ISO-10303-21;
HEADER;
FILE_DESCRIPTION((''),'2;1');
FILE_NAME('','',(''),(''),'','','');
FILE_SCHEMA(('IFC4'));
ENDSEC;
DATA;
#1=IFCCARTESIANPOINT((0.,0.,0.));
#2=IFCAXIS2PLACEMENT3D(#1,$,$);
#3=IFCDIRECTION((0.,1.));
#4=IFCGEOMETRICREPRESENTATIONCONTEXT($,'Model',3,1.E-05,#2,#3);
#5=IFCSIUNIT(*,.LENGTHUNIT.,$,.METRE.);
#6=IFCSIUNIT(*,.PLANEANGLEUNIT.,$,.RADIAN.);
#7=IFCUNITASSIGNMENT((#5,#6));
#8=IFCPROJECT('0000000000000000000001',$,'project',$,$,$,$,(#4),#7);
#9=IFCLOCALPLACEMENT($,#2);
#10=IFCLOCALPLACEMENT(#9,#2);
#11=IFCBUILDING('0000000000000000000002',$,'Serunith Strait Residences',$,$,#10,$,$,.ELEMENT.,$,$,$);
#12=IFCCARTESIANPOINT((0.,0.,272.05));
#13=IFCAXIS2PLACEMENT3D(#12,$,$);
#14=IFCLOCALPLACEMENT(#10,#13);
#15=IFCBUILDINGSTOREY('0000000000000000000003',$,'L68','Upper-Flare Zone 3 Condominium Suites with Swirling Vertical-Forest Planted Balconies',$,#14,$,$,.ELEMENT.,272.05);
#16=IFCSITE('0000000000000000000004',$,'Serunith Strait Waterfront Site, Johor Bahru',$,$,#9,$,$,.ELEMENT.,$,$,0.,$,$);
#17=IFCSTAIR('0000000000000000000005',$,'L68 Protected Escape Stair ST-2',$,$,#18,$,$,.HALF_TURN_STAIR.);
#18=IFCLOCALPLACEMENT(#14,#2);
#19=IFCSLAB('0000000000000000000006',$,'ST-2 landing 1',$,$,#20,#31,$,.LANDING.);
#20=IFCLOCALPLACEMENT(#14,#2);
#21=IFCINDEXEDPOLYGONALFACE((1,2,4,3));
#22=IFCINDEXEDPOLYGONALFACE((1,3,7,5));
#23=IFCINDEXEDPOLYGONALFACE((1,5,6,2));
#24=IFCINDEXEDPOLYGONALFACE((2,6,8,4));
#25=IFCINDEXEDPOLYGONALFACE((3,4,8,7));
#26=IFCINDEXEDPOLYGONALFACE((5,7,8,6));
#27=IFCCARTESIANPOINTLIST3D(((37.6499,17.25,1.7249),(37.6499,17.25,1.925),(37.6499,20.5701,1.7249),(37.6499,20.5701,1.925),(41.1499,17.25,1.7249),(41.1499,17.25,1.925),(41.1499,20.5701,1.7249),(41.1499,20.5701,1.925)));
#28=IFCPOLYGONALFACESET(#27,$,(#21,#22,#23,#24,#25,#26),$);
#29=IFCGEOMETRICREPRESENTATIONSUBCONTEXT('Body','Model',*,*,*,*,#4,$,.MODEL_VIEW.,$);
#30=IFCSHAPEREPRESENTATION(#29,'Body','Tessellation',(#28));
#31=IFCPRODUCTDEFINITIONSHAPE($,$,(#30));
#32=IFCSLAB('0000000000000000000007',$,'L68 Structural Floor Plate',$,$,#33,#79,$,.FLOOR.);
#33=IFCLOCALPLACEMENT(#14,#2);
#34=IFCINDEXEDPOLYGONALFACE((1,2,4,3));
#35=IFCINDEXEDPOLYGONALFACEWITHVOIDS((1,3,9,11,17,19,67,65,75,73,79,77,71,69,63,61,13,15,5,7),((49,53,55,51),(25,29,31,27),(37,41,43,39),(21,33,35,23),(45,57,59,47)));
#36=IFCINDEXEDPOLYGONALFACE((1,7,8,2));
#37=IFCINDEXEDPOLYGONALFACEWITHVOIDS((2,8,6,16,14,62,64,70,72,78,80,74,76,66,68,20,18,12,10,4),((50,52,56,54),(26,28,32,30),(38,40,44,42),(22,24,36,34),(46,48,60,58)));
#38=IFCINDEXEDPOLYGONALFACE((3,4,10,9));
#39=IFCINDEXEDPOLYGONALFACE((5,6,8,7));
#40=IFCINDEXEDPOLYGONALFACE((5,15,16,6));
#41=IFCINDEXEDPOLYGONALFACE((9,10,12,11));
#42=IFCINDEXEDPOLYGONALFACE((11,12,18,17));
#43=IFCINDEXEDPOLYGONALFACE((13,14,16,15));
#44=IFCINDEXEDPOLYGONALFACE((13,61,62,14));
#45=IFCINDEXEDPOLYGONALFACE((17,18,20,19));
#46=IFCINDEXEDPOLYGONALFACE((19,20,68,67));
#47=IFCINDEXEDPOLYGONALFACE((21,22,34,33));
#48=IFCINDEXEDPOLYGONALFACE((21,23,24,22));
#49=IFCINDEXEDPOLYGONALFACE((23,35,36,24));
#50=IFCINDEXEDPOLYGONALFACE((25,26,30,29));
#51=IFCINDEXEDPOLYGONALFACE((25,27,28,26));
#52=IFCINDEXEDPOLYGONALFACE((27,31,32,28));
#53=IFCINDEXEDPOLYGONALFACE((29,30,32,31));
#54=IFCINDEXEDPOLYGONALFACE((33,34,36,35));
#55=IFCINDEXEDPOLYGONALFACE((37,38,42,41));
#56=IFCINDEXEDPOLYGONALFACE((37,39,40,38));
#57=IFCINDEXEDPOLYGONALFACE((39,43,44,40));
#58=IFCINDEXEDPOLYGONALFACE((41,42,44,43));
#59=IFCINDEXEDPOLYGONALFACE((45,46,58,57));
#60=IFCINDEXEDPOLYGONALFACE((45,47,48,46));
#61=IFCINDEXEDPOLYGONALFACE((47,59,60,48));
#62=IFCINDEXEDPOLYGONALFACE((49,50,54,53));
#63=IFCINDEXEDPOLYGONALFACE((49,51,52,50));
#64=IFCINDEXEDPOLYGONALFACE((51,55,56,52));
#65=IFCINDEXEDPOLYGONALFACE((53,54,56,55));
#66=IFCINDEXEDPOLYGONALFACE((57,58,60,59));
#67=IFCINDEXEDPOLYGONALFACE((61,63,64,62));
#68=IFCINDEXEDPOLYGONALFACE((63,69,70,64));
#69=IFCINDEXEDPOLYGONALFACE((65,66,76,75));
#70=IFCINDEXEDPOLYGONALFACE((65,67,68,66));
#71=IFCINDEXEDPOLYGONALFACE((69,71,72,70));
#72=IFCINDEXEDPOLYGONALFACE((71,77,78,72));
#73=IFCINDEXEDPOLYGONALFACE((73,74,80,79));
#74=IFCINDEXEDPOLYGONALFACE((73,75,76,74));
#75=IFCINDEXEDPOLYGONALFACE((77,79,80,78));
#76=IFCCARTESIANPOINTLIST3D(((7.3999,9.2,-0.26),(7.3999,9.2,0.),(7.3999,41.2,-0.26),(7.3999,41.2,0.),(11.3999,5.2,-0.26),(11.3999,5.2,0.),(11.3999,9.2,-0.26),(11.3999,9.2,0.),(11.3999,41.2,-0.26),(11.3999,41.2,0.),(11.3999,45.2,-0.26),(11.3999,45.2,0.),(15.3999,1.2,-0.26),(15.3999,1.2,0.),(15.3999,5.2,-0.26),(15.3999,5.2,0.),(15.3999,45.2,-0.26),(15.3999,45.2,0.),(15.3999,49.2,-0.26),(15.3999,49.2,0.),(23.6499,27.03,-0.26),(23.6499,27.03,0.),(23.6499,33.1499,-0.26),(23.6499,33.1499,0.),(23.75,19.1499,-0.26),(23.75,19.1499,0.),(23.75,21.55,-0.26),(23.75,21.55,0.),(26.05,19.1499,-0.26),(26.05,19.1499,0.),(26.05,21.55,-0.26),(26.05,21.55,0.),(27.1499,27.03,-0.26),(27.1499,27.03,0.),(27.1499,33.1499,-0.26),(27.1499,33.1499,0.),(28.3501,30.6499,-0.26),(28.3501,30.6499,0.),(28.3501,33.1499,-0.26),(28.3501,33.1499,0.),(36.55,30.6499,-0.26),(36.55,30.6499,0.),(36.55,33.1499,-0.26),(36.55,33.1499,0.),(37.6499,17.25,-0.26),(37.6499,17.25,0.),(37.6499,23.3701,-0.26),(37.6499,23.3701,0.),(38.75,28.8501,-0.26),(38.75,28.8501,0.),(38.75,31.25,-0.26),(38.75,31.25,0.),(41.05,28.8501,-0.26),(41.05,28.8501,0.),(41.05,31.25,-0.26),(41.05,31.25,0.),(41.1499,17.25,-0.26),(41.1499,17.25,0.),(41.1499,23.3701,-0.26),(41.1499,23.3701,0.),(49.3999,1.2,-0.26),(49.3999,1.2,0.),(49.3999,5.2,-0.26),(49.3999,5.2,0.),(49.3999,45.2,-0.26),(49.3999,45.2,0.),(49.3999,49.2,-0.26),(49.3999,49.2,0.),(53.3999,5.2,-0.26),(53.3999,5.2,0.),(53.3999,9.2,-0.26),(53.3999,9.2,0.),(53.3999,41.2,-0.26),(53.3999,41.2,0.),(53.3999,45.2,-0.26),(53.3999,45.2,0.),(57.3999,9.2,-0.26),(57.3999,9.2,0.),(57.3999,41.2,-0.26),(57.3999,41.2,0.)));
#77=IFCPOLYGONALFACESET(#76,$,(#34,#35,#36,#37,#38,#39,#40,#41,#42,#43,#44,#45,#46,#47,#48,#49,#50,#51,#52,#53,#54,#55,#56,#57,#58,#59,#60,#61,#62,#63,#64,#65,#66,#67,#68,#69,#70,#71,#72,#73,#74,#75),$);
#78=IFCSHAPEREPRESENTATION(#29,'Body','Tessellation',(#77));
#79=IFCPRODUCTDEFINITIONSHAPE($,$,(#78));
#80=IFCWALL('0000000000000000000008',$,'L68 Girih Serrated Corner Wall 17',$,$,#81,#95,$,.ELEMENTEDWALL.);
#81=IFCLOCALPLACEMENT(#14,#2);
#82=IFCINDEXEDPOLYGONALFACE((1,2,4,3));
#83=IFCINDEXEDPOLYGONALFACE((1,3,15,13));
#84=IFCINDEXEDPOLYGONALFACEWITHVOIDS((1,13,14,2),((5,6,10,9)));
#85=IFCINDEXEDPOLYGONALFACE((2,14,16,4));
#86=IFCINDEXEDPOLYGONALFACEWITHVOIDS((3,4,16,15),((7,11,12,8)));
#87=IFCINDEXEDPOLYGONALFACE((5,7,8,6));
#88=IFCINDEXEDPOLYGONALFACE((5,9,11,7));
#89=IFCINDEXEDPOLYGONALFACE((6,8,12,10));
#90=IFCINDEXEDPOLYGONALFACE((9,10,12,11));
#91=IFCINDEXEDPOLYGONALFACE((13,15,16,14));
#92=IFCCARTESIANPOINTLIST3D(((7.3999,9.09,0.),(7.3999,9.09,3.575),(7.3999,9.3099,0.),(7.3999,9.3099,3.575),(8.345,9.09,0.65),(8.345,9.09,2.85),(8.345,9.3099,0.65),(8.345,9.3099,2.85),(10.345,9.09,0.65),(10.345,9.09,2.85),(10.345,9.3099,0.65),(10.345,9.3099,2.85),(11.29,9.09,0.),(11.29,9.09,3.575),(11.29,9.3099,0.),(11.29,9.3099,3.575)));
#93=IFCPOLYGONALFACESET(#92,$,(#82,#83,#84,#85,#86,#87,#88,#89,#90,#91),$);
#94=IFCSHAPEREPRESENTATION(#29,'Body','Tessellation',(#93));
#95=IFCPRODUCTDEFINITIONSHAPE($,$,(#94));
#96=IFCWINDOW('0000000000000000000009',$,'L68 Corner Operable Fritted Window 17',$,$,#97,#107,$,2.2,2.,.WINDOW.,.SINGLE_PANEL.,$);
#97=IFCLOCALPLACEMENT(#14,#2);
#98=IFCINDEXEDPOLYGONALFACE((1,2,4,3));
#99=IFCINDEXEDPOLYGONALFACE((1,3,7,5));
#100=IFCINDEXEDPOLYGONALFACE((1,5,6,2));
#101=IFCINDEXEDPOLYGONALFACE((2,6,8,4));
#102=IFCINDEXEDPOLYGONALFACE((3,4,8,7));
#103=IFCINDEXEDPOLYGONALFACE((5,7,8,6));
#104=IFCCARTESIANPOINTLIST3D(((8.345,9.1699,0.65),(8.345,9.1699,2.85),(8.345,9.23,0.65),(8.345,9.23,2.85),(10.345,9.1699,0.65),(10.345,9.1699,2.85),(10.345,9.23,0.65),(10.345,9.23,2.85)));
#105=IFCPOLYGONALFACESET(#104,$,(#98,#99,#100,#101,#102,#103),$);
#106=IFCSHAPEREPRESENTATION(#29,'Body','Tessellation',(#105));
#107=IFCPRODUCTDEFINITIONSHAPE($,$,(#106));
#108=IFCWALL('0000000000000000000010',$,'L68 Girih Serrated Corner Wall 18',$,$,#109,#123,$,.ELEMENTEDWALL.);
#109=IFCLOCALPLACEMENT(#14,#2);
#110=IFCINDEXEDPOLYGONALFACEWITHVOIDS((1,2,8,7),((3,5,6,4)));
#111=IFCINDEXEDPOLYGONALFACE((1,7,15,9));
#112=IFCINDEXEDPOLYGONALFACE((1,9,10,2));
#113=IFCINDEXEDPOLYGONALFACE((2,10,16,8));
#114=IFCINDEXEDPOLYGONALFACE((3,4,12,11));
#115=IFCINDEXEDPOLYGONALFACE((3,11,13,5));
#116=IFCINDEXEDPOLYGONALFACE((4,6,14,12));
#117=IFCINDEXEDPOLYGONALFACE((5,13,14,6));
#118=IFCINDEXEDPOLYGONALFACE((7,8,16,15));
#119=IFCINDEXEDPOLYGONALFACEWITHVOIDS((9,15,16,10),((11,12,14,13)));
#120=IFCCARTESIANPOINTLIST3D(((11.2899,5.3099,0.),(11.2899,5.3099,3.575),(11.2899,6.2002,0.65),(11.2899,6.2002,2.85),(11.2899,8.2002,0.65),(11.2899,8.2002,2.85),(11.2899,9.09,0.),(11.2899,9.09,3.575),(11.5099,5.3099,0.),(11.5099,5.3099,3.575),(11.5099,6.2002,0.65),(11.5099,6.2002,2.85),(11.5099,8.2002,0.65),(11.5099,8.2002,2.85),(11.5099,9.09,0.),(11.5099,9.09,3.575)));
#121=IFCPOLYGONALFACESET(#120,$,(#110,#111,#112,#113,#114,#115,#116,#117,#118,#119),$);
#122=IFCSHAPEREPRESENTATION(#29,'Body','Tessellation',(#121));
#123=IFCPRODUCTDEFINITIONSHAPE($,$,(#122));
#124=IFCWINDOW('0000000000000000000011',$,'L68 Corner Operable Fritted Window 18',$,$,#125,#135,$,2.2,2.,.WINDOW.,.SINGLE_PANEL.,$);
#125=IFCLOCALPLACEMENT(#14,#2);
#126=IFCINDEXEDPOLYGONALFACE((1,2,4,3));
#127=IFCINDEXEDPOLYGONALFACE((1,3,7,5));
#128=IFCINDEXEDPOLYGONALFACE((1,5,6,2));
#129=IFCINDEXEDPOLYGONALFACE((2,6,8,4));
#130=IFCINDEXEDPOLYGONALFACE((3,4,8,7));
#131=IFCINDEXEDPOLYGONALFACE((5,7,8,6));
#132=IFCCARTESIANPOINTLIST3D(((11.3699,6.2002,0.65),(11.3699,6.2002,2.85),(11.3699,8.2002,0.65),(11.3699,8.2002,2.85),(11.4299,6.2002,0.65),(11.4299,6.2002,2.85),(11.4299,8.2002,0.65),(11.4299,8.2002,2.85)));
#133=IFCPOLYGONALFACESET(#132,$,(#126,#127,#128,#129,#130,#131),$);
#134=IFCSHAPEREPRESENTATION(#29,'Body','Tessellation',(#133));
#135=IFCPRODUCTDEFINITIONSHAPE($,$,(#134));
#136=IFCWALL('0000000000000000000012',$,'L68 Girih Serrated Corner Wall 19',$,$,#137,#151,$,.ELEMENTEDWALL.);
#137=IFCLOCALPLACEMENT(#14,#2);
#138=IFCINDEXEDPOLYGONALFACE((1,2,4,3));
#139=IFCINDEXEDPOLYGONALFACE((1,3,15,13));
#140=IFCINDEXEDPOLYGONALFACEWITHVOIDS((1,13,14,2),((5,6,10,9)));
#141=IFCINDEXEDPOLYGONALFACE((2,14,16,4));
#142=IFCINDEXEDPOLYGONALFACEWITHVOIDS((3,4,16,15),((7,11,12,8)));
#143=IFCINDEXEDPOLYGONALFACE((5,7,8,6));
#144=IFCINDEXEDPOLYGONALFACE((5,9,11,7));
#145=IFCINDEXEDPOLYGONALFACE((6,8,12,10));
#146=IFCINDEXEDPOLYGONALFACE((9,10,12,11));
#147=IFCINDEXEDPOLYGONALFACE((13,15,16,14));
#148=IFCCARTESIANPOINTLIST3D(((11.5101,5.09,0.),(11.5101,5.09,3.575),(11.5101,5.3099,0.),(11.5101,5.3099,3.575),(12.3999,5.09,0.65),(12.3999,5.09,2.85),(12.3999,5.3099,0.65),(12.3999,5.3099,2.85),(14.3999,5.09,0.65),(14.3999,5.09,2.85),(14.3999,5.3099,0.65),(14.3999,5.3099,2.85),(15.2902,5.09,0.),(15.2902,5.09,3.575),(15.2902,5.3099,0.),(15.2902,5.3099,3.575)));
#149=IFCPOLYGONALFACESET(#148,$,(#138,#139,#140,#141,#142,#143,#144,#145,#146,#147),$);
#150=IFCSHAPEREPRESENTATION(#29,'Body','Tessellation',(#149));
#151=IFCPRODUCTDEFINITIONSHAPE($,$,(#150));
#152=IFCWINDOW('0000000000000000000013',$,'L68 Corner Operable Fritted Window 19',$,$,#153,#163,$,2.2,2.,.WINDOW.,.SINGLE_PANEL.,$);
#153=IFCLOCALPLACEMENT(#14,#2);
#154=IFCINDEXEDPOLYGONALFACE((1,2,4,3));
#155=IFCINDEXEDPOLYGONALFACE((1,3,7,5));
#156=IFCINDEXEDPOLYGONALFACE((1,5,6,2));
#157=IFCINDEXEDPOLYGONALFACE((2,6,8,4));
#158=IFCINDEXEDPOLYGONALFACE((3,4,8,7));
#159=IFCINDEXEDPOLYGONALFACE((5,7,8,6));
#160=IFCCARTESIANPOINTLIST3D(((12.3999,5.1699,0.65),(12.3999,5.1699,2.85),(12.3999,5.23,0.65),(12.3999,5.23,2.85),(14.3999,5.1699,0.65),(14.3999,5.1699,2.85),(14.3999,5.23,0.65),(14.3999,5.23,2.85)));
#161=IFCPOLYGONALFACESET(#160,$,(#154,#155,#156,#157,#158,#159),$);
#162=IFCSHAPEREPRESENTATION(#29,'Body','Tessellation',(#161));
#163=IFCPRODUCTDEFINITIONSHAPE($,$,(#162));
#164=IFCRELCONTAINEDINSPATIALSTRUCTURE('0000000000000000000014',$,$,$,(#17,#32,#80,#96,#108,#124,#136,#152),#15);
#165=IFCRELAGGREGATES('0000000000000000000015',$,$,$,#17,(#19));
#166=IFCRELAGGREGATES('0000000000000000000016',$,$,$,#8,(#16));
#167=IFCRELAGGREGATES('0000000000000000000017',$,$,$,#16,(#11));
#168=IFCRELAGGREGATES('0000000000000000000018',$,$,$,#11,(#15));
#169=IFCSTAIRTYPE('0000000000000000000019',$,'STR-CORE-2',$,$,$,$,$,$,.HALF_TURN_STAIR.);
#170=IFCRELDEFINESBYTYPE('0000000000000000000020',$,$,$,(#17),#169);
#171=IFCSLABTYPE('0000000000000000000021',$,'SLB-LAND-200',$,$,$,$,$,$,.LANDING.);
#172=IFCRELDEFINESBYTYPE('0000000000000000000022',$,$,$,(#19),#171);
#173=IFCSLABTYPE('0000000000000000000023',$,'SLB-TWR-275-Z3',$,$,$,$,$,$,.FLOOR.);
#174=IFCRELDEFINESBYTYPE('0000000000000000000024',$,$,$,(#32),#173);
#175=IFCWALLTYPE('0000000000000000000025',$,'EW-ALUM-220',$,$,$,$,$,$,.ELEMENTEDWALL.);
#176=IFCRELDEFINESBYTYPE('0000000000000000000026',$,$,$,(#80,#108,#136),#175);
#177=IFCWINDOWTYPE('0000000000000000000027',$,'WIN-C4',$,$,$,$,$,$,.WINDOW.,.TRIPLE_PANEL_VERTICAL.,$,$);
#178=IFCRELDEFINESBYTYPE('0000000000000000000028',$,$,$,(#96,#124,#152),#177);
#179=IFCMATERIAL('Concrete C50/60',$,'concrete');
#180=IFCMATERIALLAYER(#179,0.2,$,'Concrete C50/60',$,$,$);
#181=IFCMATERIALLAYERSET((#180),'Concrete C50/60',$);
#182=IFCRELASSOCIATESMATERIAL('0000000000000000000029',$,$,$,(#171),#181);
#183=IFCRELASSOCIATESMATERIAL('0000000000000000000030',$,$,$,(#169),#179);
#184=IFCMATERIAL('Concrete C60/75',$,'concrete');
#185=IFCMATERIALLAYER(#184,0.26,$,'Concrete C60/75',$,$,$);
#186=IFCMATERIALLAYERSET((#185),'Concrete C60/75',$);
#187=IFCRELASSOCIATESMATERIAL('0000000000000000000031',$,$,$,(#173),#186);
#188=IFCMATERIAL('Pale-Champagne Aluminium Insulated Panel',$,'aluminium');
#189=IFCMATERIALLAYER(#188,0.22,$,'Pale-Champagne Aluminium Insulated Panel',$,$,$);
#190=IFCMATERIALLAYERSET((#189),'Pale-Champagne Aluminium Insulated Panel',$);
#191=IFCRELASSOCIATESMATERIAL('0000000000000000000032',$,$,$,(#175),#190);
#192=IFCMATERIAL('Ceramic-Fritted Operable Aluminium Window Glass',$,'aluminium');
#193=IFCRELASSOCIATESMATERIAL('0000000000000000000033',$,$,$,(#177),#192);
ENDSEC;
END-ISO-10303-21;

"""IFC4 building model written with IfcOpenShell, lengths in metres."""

from ifc_helpers import new_model, si_unit, direction, frame, frame_2d, origin, place, context, subcontext, project, spatial, polyline, rectangle, outline, extrude, source, transform, mapped, material, layer, layer_set, type_object, element, fill, aggregate, save


model = new_model("IFC4")

# Units and contexts
model_context = context("Model", 3, precision=1e-05, world=origin(), true_north=direction((0.0, 1.0)))
body_context = subcontext(model_context, "Body", "Model", "MODEL_VIEW")
ifc_project = project(units=[si_unit("LENGTHUNIT", "METRE"), si_unit("PLANEANGLEUNIT", "RADIAN")], contexts=[model_context])

# Site, building, storey
site_placement = place(None, origin())
site = spatial("IfcSite", under=ifc_project, at=site_placement, Name="Serunith Strait Waterfront Site, Johor Bahru", CompositionType="ELEMENT", RefElevation=0.0)
building_placement = place(site_placement, origin())
building = spatial("IfcBuilding", under=site, at=building_placement, Name="Serunith Strait Residences", CompositionType="ELEMENT")
storey_placement = place(building_placement, frame((0.0, 0.0, 272.05)))
storey = spatial("IfcBuildingStorey", under=building, at=storey_placement, Name="L68", Description="Upper-Flare Zone 3 Condominium Suites with Swirling Vertical-Forest Planted Balconies", CompositionType="ELEMENT", Elevation=272.05)

# Shared definitions
ifc_material_1 = material(Name="Concrete C50/60", Category="concrete")

# Stair, slab
ifc_layer_1 = layer(ifc_material_1, 0.2, Name="Concrete C50/60")
ifc_layer_set_1 = layer_set([ifc_layer_1], Name="Concrete C50/60")
slab_type_1 = type_object("IfcSlabType", Name="SLB-LAND-200", PredefinedType="LANDING", material=ifc_layer_set_1)
stair_type_1 = type_object("IfcStairType", Name="STR-CORE-2", PredefinedType="HALF_TURN_STAIR", material=ifc_material_1)
stair_1_placement = place(storey_placement, origin())
stair_1 = element("IfcStair", 1, at=stair_1_placement, inside=storey, type_object=stair_type_1, Name="L68 Protected Escape Stair ST-2", PredefinedType="HALF_TURN_STAIR")
slab_1_placement = place(storey_placement, frame((0.0, 0.0, 1.7249)))
slab_1 = element("IfcSlab", 2, at=slab_1_placement, type_object=slab_type_1, Name="ST-2 landing 1", PredefinedType="LANDING", context=body_context, shape_type="SweptSolid", body=[
    extrude(outline(polyline([(37.6499, 20.5701), (37.6499, 17.25), (41.1499, 17.25), (41.1499, 20.5701), (37.6499, 20.5701)])), origin(), (0.0, 0.0, 1.0), 0.2002),
])
aggregate(stair_1, [slab_1])

# Slab
ifc_material_2 = material(Name="Concrete C60/75", Category="concrete")
ifc_layer_2 = layer(ifc_material_2, 0.26, Name="Concrete C60/75")
ifc_layer_set_2 = layer_set([ifc_layer_2], Name="Concrete C60/75")
slab_type_2 = type_object("IfcSlabType", Name="SLB-TWR-275-Z3", PredefinedType="FLOOR", material=ifc_layer_set_2)
slab_2_placement = place(storey_placement, frame((0.0, 0.0, -0.26)))
element("IfcSlab", 3, at=slab_2_placement, inside=storey, type_object=slab_type_2, Name="L68 Structural Floor Plate", PredefinedType="FLOOR", context=body_context, shape_type="SweptSolid", body=[
    extrude(outline(polyline([(15.3999, 5.2), (11.3999, 5.2), (11.3999, 9.2), (7.3999, 9.2), (7.3999, 41.2), (11.3999, 41.2), (11.3999, 45.2), (15.3999, 45.2), (15.3999, 49.2), (49.3999, 49.2), (49.3999, 45.2), (53.3999, 45.2), (53.3999, 41.2), (57.3999, 41.2), (57.3999, 9.2), (53.3999, 9.2), (53.3999, 5.2), (49.3999, 5.2), (49.3999, 1.2), (15.3999, 1.2), (15.3999, 5.2)]), holes=[polyline([(41.1499, 23.3701), (37.6499, 23.3701), (37.6499, 17.25), (41.1499, 17.25), (41.1499, 23.3701)]), polyline([(38.75, 31.25), (38.75, 28.8501), (41.05, 28.8501), (41.05, 31.25), (38.75, 31.25)]), polyline([(36.55, 33.1499), (28.3501, 33.1499), (28.3501, 30.6499), (36.55, 30.6499), (36.55, 33.1499)]), polyline([(23.6499, 33.1499), (23.6499, 27.03), (27.1499, 27.03), (27.1499, 33.1499), (23.6499, 33.1499)]), polyline([(23.75, 21.55), (23.75, 19.1499), (26.05, 19.1499), (26.05, 21.55), (23.75, 21.55)])]), origin(), (0.0, 0.0, 1.0), 0.26),
])

# Walls, openings, windows
ifc_material_3 = material(Name="Pale-Champagne Aluminium Insulated Panel", Category="aluminium")
ifc_layer_3 = layer(ifc_material_3, 0.22, Name="Pale-Champagne Aluminium Insulated Panel")
ifc_layer_set_3 = layer_set([ifc_layer_3], Name="Pale-Champagne Aluminium Insulated Panel")
wall_type = type_object("IfcWallType", Name="EW-ALUM-220", PredefinedType="ELEMENTEDWALL", material=ifc_layer_set_3)
wall_1_placement = place(storey_placement, frame((7.3999, 9.2, 0.0), z_axis=(0.0, 0.0, 1.0), x_axis=(1.0, 0.0, 0.0)))
wall_1 = element("IfcWall", 4, at=wall_1_placement, inside=storey, type_object=wall_type, Name="L68 Girih Serrated Corner Wall 17", PredefinedType="ELEMENTEDWALL", context=body_context, shape_type="SweptSolid", body=[
    extrude(rectangle(XDim=3.8901, YDim=0.22, at=frame_2d((1.9451, 0.0))), origin(), (0.0, 0.0, 1.0), 3.575),
])
opening_1_placement = place(wall_1_placement, frame((0.9451, 0.0, 0.6499)))
opening_1 = element("IfcOpeningElement", 5, at=opening_1_placement, cuts=wall_1, PredefinedType="OPENING", context=body_context, shape_type="SweptSolid", body=[
    extrude(rectangle(XDim=2.0, YDim=2.2, at=frame_2d((1.0, 1.1001))), frame((0.0, 0.1201, 0.0), z_axis=(0.0, -1.0, 0.0), x_axis=(1.0, 0.0, 0.0)), (0.0, 0.0, 1.0), 0.24),
])
ifc_material_4 = material(Name="Ceramic-Fritted Operable Aluminium Window Glass", Category="aluminium")
window_type = type_object("IfcWindowType", Name="WIN-C4", PartitioningType="TRIPLE_PANEL_VERTICAL", PredefinedType="WINDOW", material=ifc_material_4)
shared_shape_1 = source(origin(), body_context, "Body", "SweptSolid", [
    extrude(rectangle(XDim=2.0, YDim=2.2, at=frame_2d((1.0, 1.1001))), frame((0.0, 0.03, 0.0), z_axis=(0.0, -1.0, 0.0), x_axis=(1.0, 0.0, 0.0)), (0.0, 0.0, 1.0), 0.0601),
])
window_1_placement = place(opening_1_placement, origin())
window_1 = element("IfcWindow", 6, at=window_1_placement, inside=storey, type_object=window_type, Name="L68 Corner Operable Fritted Window 17", OverallHeight=2.2, OverallWidth=2.0, PartitioningType="SINGLE_PANEL", PredefinedType="WINDOW", context=body_context, shape_type="MappedRepresentation", body=[
    mapped(shared_shape_1, transform((0.0, 0.0, 0.0), scale=1.0)),
])
fill(opening_1, window_1)
wall_2_placement = place(storey_placement, frame((11.3999, 9.0901, 0.0), z_axis=(0.0, 0.0, 1.0), x_axis=(0.0, -1.0, 0.0)))
wall_2 = element("IfcWall", 7, at=wall_2_placement, inside=storey, type_object=wall_type, Name="L68 Girih Serrated Corner Wall 18", PredefinedType="ELEMENTEDWALL", context=body_context, shape_type="SweptSolid", body=[
    extrude(rectangle(XDim=3.78, YDim=0.22, at=frame_2d((1.8901, 0.0))), origin(), (0.0, 0.0, 1.0), 3.575),
])
opening_2_placement = place(wall_2_placement, frame((0.8899, 0.0, 0.6499)))
opening_2 = element("IfcOpeningElement", 8, at=opening_2_placement, cuts=wall_2, PredefinedType="OPENING", context=body_context, shape_type="SweptSolid", body=[
    extrude(rectangle(XDim=2.0, YDim=2.2, at=frame_2d((1.0, 1.1001))), frame((0.0, 0.1201, 0.0), z_axis=(0.0, -1.0, 0.0), x_axis=(1.0, 0.0, 0.0)), (0.0, 0.0, 1.0), 0.24),
])
window_2_placement = place(opening_2_placement, origin())
window_2 = element("IfcWindow", 9, at=window_2_placement, inside=storey, type_object=window_type, Name="L68 Corner Operable Fritted Window 18", OverallHeight=2.2, OverallWidth=2.0, PartitioningType="SINGLE_PANEL", PredefinedType="WINDOW", context=body_context, shape_type="MappedRepresentation", body=[
    mapped(shared_shape_1, transform((0.0, 0.0, 0.0), scale=1.0)),
])
fill(opening_2, window_2)
wall_3_placement = place(storey_placement, frame((11.51, 5.2, 0.0), z_axis=(0.0, 0.0, 1.0), x_axis=(1.0, 0.0, 0.0)))
wall_3 = element("IfcWall", 10, at=wall_3_placement, inside=storey, type_object=wall_type, Name="L68 Girih Serrated Corner Wall 19", PredefinedType="ELEMENTEDWALL", context=body_context, shape_type="SweptSolid", body=[
    extrude(rectangle(XDim=3.78, YDim=0.22, at=frame_2d((1.8901, 0.0))), origin(), (0.0, 0.0, 1.0), 3.575),
])
opening_3_placement = place(wall_3_placement, frame((0.8899, 0.0, 0.6499)))
opening_3 = element("IfcOpeningElement", 11, at=opening_3_placement, cuts=wall_3, PredefinedType="OPENING", context=body_context, shape_type="SweptSolid", body=[
    extrude(rectangle(XDim=2.0, YDim=2.2, at=frame_2d((1.0, 1.1001))), frame((0.0, 0.1201, 0.0), z_axis=(0.0, -1.0, 0.0), x_axis=(1.0, 0.0, 0.0)), (0.0, 0.0, 1.0), 0.24),
])
window_3_placement = place(opening_3_placement, origin())
window_3 = element("IfcWindow", 12, at=window_3_placement, inside=storey, type_object=window_type, Name="L68 Corner Operable Fritted Window 19", OverallHeight=2.2, OverallWidth=2.0, PartitioningType="SINGLE_PANEL", PredefinedType="WINDOW", context=body_context, shape_type="MappedRepresentation", body=[
    mapped(shared_shape_1, transform((0.0, 0.0, 0.0), scale=1.0)),
])
fill(opening_3, window_3)

save(model, "model.ifc")
